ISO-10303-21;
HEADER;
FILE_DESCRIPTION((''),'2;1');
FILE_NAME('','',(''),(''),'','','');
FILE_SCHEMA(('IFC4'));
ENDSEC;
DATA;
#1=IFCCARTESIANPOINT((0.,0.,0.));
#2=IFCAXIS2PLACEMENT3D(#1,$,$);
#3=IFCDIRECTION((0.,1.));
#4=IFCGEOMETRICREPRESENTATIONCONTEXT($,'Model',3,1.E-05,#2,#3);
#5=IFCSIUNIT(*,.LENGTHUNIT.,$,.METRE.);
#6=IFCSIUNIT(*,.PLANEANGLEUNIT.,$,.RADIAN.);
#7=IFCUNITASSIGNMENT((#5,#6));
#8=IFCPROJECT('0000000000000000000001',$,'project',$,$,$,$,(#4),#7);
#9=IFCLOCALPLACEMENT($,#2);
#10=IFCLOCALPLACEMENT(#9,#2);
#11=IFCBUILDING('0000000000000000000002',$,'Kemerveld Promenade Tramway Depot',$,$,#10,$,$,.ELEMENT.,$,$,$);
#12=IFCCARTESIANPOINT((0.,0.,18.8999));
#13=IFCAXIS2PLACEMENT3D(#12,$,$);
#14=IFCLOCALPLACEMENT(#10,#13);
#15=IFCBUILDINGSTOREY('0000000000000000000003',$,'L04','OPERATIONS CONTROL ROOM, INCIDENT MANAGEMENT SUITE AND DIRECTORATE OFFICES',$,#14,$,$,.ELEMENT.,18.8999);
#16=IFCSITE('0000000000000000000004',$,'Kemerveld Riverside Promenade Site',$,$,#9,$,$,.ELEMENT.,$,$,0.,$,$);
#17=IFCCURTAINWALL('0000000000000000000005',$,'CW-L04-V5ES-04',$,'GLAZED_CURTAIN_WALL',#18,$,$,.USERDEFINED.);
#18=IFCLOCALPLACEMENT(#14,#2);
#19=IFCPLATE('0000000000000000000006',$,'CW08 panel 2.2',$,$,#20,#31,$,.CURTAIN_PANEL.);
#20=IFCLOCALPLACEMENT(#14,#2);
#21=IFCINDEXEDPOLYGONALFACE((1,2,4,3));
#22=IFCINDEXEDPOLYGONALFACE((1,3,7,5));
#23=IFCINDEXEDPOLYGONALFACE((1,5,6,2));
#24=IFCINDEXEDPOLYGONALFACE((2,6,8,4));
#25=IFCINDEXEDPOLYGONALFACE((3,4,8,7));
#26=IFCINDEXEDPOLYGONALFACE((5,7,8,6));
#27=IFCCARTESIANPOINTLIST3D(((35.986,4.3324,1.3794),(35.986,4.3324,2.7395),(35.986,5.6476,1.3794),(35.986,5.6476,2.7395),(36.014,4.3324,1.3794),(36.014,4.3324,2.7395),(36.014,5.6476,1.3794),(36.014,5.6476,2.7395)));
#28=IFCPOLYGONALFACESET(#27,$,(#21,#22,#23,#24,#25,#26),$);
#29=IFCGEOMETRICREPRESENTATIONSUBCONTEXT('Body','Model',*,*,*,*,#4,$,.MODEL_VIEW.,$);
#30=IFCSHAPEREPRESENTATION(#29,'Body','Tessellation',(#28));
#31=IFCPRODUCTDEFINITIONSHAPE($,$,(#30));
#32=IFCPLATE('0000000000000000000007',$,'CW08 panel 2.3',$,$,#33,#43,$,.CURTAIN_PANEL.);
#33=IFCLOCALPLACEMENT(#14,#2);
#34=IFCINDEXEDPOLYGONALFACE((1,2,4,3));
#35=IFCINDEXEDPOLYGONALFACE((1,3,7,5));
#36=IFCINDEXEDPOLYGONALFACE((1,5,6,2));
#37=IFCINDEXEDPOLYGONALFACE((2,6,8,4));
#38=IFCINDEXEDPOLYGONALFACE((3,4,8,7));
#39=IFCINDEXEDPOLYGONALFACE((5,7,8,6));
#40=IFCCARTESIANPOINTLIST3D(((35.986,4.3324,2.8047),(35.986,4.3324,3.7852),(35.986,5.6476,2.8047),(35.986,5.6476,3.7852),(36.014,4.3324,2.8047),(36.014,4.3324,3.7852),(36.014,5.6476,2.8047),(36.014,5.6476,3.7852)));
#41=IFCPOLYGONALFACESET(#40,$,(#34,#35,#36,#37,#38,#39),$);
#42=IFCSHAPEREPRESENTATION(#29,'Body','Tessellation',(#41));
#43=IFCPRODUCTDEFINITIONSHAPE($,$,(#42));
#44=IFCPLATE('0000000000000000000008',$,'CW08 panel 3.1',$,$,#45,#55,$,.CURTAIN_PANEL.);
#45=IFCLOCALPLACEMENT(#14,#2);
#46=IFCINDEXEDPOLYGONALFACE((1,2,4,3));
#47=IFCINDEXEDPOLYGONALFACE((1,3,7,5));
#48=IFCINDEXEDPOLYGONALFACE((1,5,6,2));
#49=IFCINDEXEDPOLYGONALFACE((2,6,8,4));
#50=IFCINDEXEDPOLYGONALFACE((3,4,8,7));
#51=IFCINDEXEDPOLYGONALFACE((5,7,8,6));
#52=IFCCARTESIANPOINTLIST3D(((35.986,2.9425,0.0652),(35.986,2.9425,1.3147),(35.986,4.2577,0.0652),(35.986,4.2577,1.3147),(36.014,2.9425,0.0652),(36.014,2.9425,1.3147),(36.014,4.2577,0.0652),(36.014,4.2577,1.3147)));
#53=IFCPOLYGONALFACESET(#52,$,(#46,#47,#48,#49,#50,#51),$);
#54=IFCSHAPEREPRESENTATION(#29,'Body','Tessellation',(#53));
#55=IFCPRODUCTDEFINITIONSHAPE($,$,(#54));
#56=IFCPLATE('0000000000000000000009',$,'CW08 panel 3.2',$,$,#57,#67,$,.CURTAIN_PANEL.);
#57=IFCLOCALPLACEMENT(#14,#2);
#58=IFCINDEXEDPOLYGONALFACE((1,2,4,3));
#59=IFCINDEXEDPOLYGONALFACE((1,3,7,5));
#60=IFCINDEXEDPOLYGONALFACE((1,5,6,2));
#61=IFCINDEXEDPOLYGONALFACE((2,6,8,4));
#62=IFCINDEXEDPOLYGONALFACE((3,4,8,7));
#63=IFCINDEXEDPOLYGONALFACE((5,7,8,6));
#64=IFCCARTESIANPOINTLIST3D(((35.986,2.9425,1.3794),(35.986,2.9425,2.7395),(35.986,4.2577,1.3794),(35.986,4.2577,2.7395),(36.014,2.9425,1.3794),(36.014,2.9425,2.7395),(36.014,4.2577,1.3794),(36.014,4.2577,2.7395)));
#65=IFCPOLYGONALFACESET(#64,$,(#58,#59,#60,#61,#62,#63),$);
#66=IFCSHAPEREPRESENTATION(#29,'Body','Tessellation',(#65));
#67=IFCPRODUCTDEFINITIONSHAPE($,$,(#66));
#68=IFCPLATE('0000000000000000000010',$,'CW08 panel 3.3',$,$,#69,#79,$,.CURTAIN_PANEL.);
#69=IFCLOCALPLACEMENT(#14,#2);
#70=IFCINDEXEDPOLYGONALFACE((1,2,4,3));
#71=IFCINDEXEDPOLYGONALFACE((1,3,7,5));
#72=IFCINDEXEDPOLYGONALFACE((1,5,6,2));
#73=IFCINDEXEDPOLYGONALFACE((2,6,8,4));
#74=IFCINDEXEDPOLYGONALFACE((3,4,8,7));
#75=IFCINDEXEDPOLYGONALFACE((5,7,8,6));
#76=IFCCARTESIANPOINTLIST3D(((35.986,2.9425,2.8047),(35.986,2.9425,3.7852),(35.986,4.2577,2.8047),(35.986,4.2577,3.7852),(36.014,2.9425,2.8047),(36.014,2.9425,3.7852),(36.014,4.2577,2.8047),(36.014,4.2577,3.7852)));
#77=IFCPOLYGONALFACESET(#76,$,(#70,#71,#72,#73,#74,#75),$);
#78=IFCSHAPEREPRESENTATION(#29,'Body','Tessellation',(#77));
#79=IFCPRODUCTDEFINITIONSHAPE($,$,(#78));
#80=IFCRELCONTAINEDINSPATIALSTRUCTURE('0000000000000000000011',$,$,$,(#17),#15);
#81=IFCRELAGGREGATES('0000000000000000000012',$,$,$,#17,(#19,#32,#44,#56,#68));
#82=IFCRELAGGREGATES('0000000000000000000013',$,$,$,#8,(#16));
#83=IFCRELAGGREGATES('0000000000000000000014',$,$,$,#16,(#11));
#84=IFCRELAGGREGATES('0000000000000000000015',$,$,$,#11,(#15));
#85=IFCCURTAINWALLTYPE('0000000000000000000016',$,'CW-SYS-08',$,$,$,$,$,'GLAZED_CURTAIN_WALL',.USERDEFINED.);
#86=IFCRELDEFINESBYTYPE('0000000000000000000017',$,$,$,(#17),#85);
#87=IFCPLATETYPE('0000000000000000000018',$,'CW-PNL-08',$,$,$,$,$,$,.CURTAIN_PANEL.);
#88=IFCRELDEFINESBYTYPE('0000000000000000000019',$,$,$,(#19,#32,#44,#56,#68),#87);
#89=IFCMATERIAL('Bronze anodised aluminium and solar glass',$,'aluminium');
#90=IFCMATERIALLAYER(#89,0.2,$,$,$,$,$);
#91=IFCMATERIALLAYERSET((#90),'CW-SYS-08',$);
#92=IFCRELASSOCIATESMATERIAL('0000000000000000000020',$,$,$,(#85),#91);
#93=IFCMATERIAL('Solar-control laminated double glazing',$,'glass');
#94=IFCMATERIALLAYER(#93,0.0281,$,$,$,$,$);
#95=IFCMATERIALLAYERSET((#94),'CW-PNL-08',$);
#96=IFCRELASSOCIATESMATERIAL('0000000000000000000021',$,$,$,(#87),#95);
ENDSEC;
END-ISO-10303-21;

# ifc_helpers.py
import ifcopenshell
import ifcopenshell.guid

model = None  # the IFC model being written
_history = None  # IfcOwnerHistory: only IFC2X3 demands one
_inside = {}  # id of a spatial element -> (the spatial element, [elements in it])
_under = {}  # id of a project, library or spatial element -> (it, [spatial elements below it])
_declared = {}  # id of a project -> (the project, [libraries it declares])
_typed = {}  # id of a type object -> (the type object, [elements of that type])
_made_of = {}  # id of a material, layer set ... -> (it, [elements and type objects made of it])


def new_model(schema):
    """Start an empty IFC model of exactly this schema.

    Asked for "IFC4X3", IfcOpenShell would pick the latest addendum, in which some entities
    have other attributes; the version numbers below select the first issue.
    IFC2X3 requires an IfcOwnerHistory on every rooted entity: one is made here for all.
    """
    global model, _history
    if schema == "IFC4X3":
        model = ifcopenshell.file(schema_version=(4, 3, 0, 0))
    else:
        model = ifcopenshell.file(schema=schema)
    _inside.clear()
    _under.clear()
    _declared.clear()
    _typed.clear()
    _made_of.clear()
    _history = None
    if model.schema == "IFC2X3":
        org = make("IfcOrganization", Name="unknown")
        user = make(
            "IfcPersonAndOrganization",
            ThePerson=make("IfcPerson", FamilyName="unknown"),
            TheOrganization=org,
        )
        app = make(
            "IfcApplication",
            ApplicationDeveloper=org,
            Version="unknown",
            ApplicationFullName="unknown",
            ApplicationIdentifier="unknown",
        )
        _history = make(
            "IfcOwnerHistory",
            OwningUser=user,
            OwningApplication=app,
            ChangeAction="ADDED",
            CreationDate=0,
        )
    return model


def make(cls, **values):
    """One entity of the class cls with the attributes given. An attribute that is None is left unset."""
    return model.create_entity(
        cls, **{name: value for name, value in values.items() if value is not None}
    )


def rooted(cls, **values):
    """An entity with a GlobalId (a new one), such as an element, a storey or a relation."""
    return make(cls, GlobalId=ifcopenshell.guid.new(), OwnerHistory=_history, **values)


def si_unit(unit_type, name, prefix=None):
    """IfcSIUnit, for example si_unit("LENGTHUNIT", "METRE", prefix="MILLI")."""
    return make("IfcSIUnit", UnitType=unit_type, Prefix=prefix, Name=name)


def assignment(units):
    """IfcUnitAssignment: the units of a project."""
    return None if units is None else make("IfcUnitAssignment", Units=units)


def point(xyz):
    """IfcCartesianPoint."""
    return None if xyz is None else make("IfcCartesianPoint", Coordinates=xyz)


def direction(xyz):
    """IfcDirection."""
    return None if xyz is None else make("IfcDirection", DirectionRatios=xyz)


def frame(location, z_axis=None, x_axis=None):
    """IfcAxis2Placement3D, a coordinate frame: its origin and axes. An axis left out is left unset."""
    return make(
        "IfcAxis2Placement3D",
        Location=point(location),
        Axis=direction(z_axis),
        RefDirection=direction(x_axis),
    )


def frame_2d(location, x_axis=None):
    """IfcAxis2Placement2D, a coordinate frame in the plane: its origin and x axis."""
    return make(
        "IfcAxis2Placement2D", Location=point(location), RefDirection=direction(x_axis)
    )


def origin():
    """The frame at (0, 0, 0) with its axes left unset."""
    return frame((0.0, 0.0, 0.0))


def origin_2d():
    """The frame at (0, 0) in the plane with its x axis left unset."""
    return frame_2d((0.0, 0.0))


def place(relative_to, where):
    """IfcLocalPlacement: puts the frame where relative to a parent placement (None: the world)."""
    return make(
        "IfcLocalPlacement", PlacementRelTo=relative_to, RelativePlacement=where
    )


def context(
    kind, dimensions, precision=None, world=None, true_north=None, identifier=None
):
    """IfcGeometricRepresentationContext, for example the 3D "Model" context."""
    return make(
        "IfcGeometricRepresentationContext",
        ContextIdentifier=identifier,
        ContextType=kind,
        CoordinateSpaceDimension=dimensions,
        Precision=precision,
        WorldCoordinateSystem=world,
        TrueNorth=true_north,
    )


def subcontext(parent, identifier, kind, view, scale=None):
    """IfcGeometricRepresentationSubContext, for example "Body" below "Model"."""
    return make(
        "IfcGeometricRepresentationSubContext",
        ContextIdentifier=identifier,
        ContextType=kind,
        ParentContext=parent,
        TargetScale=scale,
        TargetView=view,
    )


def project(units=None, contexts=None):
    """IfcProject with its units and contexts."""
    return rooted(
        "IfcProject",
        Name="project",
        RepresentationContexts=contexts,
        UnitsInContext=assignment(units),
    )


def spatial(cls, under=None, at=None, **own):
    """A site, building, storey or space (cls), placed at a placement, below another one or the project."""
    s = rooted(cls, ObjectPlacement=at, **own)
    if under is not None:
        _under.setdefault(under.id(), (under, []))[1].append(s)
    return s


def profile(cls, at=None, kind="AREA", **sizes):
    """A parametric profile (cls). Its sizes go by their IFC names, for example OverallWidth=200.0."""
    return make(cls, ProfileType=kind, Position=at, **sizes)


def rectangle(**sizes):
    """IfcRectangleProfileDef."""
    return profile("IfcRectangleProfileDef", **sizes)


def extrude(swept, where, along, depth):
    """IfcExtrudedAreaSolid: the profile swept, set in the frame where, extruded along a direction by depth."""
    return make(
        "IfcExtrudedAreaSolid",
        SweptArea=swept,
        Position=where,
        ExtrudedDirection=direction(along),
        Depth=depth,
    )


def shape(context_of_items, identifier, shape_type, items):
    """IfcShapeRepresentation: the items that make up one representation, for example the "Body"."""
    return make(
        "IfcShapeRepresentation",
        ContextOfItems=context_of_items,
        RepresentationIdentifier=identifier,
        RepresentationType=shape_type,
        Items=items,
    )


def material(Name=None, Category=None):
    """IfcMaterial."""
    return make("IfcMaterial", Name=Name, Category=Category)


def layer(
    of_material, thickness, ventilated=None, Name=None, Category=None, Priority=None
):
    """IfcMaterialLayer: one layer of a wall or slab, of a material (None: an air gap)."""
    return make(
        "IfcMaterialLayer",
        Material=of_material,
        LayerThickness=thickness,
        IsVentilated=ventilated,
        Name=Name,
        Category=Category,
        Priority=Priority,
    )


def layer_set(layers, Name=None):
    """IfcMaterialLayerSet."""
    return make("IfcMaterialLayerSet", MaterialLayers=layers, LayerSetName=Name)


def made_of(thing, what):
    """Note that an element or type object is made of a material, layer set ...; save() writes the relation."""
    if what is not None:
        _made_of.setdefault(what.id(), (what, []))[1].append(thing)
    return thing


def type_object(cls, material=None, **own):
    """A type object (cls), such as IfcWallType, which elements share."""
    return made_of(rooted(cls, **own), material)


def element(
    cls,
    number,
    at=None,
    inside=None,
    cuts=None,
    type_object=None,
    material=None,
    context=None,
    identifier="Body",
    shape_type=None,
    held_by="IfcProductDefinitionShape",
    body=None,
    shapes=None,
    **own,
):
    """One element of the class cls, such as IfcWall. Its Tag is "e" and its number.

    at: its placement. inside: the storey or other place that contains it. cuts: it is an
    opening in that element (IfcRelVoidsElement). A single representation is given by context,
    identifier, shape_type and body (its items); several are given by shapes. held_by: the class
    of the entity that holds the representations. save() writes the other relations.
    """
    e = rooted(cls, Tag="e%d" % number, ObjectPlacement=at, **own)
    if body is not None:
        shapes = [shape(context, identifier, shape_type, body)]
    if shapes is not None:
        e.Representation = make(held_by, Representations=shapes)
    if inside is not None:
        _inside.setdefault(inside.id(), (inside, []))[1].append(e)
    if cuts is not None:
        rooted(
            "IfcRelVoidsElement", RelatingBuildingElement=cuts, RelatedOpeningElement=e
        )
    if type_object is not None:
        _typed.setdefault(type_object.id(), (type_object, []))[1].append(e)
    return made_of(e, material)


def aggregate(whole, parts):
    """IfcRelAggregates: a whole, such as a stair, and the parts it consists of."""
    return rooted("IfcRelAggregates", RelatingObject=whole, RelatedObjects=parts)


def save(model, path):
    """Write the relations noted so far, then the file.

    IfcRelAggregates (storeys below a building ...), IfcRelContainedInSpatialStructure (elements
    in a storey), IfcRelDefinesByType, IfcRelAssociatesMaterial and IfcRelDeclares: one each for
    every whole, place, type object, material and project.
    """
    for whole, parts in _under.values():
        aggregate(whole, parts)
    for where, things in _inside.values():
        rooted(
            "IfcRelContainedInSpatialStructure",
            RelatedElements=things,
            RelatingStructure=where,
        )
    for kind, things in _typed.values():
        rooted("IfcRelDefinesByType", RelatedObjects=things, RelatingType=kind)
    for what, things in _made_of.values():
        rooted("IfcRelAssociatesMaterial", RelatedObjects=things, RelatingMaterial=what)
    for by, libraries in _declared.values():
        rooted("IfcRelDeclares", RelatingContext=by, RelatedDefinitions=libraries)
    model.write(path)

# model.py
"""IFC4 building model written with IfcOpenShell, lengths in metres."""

from ifc_helpers import new_model, si_unit, direction, frame, origin, origin_2d, place, context, subcontext, project, spatial, rectangle, extrude, material, layer, layer_set, type_object, element, aggregate, save


model = new_model("IFC4")

# Units and contexts
model_context = context("Model", 3, precision=1e-05, world=origin(), true_north=direction((0.0, 1.0)))
body_context = subcontext(model_context, "Body", "Model", "MODEL_VIEW")
ifc_project = project(units=[si_unit("LENGTHUNIT", "METRE"), si_unit("PLANEANGLEUNIT", "RADIAN")], contexts=[model_context])

# Site, building, storey
site_placement = place(None, origin())
site = spatial("IfcSite", under=ifc_project, at=site_placement, Name="Kemerveld Riverside Promenade Site", CompositionType="ELEMENT", RefElevation=0.0)
building_placement = place(site_placement, origin())
building = spatial("IfcBuilding", under=site, at=building_placement, Name="Kemerveld Promenade Tramway Depot", CompositionType="ELEMENT")
storey_placement = place(building_placement, frame((0.0, 0.0, 18.8999)))
storey = spatial("IfcBuildingStorey", under=building, at=storey_placement, Name="L04", Description="OPERATIONS CONTROL ROOM, INCIDENT MANAGEMENT SUITE AND DIRECTORATE OFFICES", CompositionType="ELEMENT", Elevation=18.8999)

# Curtain wall, plates
ifc_material_1 = material(Name="Bronze anodised aluminium and solar glass", Category="aluminium")
ifc_layer_1 = layer(ifc_material_1, 0.2)
ifc_layer_set_1 = layer_set([ifc_layer_1], Name="CW-SYS-08")
curtain_wall_type = type_object("IfcCurtainWallType", Name="CW-SYS-08", ElementType="GLAZED_CURTAIN_WALL", PredefinedType="USERDEFINED", material=ifc_layer_set_1)
curtain_wall_placement = place(storey_placement, origin())
curtain_wall = element("IfcCurtainWall", 1, at=curtain_wall_placement, inside=storey, type_object=curtain_wall_type, Name="CW-L04-V5ES-04", ObjectType="GLAZED_CURTAIN_WALL", PredefinedType="USERDEFINED")
ifc_material_2 = material(Name="Solar-control laminated double glazing", Category="glass")
ifc_layer_2 = layer(ifc_material_2, 0.0281)
ifc_layer_set_2 = layer_set([ifc_layer_2], Name="CW-PNL-08")
plate_type = type_object("IfcPlateType", Name="CW-PNL-08", PredefinedType="CURTAIN_PANEL", material=ifc_layer_set_2)
plate_1_placement = place(storey_placement, frame((36.0, 4.99, 1.3794), z_axis=(0.0, 0.0, 1.0), x_axis=(0.0, -1.0, 0.0)))
plate_1 = element("IfcPlate", 2, at=plate_1_placement, type_object=plate_type, Name="CW08 panel 2.2", PredefinedType="CURTAIN_PANEL", context=body_context, shape_type="SweptSolid", body=[
    extrude(rectangle(XDim=1.3152, YDim=0.0281, at=origin_2d()), origin(), (0.0, 0.0, 1.0), 1.3601),
])
plate_2_placement = place(storey_placement, frame((36.0, 4.99, 2.8047), z_axis=(0.0, 0.0, 1.0), x_axis=(0.0, -1.0, 0.0)))
plate_2 = element("IfcPlate", 3, at=plate_2_placement, type_object=plate_type, Name="CW08 panel 2.3", PredefinedType="CURTAIN_PANEL", context=body_context, shape_type="SweptSolid", body=[
    extrude(rectangle(XDim=1.3152, YDim=0.0281, at=origin_2d()), origin(), (0.0, 0.0, 1.0), 0.9805),
])
plate_3_placement = place(storey_placement, frame((36.0, 3.6001, 0.0652), z_axis=(0.0, 0.0, 1.0), x_axis=(0.0, -1.0, 0.0)))
plate_3 = element("IfcPlate", 4, at=plate_3_placement, type_object=plate_type, Name="CW08 panel 3.1", PredefinedType="CURTAIN_PANEL", context=body_context, shape_type="SweptSolid", body=[
    extrude(rectangle(XDim=1.3152, YDim=0.0281, at=origin_2d()), origin(), (0.0, 0.0, 1.0), 1.2495),
])
plate_4_placement = place(storey_placement, frame((36.0, 3.6001, 1.3794), z_axis=(0.0, 0.0, 1.0), x_axis=(0.0, -1.0, 0.0)))
plate_4 = element("IfcPlate", 5, at=plate_4_placement, type_object=plate_type, Name="CW08 panel 3.2", PredefinedType="CURTAIN_PANEL", context=body_context, shape_type="SweptSolid", body=[
    extrude(rectangle(XDim=1.3152, YDim=0.0281, at=origin_2d()), origin(), (0.0, 0.0, 1.0), 1.3601),
])
plate_5_placement = place(storey_placement, frame((36.0, 3.6001, 2.8047), z_axis=(0.0, 0.0, 1.0), x_axis=(0.0, -1.0, 0.0)))
plate_5 = element("IfcPlate", 6, at=plate_5_placement, type_object=plate_type, Name="CW08 panel 3.3", PredefinedType="CURTAIN_PANEL", context=body_context, shape_type="SweptSolid", body=[
    extrude(rectangle(XDim=1.3152, YDim=0.0281, at=origin_2d()), origin(), (0.0, 0.0, 1.0), 0.9805),
])
aggregate(curtain_wall, [plate_1, plate_2, plate_3, plate_4, plate_5])

save(model, "model.ifc")
